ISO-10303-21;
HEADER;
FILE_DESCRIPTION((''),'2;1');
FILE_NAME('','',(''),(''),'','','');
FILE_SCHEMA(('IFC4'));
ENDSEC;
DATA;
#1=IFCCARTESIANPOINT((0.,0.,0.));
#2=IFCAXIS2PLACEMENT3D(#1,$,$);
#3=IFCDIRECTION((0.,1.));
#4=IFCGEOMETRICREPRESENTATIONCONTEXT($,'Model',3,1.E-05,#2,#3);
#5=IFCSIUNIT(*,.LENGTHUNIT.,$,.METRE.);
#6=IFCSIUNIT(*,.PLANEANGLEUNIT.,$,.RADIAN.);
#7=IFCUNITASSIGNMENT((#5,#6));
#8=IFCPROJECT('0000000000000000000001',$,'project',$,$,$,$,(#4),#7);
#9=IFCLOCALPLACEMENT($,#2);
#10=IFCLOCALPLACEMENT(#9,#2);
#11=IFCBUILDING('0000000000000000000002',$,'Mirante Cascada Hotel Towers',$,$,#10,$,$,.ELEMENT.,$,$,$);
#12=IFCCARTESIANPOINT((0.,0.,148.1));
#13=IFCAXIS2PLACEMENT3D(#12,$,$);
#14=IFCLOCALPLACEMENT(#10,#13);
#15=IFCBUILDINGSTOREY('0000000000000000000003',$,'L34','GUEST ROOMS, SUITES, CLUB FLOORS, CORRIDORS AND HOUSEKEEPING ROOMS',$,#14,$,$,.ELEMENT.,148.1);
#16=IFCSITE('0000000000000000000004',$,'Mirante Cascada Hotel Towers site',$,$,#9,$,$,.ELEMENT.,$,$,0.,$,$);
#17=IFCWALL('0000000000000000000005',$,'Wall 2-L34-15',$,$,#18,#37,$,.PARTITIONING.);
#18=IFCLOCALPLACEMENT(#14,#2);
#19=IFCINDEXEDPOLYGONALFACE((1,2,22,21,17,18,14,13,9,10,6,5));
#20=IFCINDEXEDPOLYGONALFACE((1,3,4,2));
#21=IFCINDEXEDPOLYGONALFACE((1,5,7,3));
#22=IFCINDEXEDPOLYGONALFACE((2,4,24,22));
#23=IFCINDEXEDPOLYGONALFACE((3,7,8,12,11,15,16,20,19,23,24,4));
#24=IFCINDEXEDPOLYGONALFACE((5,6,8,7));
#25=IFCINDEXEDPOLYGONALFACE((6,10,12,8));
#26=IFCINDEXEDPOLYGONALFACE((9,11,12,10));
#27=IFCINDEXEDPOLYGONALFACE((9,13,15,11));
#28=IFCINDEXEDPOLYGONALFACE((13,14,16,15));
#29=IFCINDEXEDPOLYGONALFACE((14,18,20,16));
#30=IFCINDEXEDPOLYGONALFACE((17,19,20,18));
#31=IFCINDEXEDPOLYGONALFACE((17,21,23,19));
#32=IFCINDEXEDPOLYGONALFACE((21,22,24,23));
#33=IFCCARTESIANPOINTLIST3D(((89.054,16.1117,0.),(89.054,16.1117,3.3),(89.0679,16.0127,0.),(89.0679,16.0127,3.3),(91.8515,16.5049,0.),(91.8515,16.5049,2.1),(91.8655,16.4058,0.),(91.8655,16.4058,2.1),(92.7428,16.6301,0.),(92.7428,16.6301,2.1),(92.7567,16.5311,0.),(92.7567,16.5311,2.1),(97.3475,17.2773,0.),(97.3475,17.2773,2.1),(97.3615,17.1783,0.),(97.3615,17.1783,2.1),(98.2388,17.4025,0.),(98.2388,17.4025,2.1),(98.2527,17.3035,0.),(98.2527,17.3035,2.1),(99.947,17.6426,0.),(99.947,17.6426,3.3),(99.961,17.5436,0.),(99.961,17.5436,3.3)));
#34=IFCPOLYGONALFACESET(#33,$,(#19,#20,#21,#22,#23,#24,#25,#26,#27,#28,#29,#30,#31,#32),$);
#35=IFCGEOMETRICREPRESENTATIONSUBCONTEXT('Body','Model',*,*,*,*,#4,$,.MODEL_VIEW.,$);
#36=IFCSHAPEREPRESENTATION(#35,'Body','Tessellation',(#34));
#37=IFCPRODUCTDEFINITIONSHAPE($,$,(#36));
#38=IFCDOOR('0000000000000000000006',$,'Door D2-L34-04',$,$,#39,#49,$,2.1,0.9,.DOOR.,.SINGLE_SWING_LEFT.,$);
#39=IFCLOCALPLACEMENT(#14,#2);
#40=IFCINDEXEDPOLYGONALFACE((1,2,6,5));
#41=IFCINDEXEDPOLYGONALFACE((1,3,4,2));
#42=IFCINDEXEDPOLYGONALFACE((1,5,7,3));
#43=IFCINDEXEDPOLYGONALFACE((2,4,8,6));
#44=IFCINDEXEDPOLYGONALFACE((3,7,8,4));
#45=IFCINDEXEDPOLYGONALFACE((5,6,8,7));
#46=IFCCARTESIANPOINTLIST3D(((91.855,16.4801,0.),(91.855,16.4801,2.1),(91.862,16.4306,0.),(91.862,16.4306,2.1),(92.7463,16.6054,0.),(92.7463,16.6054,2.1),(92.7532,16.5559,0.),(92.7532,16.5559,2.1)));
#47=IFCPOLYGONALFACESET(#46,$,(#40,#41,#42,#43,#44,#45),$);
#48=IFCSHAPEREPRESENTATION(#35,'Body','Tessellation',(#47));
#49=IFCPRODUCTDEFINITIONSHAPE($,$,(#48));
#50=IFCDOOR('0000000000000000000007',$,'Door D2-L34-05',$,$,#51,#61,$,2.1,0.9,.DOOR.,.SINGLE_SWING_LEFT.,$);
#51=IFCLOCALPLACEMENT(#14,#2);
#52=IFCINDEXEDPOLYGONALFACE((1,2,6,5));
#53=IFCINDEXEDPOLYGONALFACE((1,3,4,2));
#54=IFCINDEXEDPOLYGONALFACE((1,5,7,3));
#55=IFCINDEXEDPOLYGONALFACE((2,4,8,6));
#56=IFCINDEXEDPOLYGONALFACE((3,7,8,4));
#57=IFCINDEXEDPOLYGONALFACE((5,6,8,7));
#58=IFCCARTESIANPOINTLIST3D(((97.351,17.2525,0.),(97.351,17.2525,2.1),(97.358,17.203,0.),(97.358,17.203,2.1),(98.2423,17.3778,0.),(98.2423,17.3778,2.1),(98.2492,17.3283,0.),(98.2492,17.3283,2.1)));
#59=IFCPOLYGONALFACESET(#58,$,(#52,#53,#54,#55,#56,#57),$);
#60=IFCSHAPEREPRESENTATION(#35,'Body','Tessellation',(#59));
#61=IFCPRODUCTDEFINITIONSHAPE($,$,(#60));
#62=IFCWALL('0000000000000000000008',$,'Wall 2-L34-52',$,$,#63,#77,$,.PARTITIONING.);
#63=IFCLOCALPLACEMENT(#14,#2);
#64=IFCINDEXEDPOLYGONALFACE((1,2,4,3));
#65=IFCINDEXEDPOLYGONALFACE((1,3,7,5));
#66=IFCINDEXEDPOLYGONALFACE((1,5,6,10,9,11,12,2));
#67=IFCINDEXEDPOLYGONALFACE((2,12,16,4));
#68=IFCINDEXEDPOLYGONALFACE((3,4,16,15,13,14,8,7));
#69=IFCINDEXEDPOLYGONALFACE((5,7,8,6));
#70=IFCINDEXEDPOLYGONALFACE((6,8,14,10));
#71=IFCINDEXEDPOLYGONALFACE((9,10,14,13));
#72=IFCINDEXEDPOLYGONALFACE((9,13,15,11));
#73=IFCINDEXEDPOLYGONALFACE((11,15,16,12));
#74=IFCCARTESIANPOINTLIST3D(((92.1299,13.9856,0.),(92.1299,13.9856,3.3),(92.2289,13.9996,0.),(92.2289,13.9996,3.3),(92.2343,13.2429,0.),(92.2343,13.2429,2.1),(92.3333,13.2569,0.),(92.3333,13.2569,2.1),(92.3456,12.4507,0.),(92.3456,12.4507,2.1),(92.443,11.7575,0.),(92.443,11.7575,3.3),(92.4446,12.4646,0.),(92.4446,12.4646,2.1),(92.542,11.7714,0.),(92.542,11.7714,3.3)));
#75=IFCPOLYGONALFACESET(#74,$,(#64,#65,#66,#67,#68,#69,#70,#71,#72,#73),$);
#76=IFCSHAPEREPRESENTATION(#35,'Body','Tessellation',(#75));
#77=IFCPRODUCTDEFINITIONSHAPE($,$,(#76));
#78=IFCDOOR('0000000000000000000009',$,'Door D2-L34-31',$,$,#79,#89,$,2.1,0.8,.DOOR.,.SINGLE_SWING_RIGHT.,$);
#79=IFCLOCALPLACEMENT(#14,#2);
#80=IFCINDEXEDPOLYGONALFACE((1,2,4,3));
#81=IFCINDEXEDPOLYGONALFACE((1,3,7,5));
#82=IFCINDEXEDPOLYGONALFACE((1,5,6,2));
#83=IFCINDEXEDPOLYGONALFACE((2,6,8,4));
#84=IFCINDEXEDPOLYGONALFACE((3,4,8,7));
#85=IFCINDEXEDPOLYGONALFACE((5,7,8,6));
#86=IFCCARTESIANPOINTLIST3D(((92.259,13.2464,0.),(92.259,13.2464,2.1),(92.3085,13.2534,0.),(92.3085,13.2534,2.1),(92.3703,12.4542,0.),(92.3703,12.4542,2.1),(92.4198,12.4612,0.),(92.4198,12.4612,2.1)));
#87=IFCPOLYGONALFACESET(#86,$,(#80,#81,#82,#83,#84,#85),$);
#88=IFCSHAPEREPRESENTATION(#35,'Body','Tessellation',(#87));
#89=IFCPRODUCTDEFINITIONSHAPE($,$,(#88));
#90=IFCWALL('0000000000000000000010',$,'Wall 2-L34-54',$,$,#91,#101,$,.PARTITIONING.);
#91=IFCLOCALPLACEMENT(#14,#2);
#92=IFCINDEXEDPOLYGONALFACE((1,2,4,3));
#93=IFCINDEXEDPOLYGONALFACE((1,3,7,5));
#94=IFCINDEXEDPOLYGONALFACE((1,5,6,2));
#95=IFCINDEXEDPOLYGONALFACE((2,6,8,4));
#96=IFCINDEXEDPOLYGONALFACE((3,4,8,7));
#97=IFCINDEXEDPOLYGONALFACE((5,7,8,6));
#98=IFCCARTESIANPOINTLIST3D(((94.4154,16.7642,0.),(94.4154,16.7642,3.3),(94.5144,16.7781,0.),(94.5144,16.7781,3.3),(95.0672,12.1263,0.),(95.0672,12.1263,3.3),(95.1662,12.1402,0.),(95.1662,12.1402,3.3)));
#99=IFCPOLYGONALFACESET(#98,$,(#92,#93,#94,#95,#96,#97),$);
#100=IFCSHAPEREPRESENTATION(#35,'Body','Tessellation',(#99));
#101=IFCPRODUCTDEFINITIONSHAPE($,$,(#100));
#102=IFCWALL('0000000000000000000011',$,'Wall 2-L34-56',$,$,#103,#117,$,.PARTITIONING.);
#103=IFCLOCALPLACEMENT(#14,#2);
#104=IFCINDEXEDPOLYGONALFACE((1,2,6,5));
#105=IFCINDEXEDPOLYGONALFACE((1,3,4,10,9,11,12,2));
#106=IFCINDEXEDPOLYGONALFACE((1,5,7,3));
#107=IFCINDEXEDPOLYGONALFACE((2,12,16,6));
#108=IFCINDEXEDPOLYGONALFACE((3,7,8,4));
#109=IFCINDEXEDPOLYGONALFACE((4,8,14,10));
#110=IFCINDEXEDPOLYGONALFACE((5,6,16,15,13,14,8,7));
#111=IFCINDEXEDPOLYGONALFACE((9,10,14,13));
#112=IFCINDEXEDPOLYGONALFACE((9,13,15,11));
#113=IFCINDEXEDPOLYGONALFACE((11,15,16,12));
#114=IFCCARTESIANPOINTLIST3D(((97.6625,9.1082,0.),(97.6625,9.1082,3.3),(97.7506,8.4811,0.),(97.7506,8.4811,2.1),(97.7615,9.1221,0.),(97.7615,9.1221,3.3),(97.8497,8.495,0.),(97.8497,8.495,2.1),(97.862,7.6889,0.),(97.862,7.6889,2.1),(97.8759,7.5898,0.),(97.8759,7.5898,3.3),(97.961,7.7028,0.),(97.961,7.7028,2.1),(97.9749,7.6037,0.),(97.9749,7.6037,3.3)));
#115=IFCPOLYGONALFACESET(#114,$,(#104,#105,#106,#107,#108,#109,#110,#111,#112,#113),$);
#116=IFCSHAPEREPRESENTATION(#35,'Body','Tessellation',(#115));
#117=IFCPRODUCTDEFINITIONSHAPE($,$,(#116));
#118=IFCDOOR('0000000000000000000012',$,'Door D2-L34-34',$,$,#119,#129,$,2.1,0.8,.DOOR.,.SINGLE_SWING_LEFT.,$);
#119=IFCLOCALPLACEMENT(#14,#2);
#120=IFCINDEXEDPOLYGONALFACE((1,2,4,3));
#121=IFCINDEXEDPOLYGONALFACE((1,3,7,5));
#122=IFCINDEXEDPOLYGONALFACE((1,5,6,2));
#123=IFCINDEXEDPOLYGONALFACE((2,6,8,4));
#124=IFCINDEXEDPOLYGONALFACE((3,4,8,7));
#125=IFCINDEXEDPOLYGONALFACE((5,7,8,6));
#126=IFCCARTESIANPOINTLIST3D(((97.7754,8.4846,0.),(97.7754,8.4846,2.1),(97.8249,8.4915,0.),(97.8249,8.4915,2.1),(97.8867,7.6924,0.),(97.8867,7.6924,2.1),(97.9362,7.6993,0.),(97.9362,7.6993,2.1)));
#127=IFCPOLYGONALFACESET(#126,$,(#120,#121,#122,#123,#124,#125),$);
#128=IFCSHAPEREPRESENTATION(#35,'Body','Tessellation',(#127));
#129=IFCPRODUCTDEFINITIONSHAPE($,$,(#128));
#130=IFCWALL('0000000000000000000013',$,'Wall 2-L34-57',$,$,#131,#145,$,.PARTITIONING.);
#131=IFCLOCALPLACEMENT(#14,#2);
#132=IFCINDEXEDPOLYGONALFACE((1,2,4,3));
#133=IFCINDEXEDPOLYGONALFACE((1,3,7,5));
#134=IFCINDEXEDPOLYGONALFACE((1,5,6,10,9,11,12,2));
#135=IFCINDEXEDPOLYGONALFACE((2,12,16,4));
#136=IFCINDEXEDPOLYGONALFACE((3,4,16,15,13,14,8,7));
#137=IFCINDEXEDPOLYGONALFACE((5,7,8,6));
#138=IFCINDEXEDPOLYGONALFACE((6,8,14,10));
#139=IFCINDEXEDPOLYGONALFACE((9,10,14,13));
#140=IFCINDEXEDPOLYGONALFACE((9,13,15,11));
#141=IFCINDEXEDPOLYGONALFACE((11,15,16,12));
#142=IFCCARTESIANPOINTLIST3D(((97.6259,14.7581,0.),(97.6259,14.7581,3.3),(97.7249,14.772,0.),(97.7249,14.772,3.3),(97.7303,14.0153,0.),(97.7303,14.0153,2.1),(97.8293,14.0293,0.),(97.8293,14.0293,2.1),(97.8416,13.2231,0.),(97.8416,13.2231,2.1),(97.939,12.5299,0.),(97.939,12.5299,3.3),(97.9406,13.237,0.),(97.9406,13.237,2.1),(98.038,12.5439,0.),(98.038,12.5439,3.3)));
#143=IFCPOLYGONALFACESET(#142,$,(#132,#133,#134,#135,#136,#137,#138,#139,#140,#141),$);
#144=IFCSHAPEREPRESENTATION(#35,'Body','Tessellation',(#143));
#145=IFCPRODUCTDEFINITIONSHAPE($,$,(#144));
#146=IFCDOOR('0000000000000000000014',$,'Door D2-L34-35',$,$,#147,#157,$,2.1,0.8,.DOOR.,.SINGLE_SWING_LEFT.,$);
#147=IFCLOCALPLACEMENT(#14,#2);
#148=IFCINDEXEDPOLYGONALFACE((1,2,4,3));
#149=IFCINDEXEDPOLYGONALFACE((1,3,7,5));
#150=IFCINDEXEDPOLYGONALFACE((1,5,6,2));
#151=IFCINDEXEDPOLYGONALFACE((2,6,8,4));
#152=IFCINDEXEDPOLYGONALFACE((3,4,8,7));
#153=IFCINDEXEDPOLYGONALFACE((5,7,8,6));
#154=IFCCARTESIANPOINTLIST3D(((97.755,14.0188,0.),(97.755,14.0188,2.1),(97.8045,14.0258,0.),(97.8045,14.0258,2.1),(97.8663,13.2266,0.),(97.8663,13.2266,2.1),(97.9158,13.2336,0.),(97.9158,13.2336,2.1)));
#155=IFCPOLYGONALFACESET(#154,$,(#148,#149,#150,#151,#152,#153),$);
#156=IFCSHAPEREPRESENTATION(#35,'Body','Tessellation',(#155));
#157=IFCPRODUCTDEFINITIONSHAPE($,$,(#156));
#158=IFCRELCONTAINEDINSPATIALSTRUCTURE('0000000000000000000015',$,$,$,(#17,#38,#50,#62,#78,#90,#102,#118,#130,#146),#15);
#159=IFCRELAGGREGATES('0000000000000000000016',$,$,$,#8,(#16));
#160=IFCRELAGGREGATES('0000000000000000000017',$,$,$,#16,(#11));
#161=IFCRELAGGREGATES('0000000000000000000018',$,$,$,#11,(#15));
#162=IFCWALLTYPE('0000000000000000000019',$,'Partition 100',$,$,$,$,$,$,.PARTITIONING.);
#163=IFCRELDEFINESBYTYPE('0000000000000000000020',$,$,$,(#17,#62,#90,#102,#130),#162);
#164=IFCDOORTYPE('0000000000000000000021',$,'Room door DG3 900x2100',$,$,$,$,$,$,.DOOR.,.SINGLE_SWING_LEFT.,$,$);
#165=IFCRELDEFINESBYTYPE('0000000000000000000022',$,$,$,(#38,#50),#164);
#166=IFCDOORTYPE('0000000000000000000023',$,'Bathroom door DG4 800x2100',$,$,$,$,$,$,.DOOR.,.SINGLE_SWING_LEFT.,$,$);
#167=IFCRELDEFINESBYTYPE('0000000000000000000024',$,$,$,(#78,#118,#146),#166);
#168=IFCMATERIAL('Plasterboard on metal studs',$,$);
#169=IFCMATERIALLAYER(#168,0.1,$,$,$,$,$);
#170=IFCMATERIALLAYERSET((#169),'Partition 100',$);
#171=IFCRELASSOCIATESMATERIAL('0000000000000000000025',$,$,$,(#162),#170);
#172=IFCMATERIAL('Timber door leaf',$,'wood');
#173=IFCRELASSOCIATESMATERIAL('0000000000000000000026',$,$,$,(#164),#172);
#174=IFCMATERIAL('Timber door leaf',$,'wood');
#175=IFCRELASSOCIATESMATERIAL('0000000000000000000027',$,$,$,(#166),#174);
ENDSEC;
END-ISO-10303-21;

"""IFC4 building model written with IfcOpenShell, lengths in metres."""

from ifc_helpers import new_model, si_unit, direction, frame, frame_2d, origin, place, context, subcontext, project, spatial, rectangle, extrude, material, layer, layer_set, type_object, element, fill, save


model = new_model("IFC4")

# Units and contexts
model_context = context("Model", 3, precision=1e-05, world=origin(), true_north=direction((0.0, 1.0)))
body_context = subcontext(model_context, "Body", "Model", "MODEL_VIEW")
ifc_project = project(units=[si_unit("LENGTHUNIT", "METRE"), si_unit("PLANEANGLEUNIT", "RADIAN")], contexts=[model_context])

# Site, building, storey
site_placement = place(None, origin())
site = spatial("IfcSite", under=ifc_project, at=site_placement, Name="Mirante Cascada Hotel Towers site", CompositionType="ELEMENT", RefElevation=0.0)
building_placement = place(site_placement, origin())
building = spatial("IfcBuilding", under=site, at=building_placement, Name="Mirante Cascada Hotel Towers", CompositionType="ELEMENT")
storey_placement = place(building_placement, frame((0.0, 0.0, 148.1)))
storey = spatial("IfcBuildingStorey", under=building, at=storey_placement, Name="L34", Description="GUEST ROOMS, SUITES, CLUB FLOORS, CORRIDORS AND HOUSEKEEPING ROOMS", CompositionType="ELEMENT", Elevation=148.1)

# Shared definitions
ifc_material_1 = material(Name="Plasterboard on metal studs")
ifc_layer_1 = layer(ifc_material_1, 0.1)
ifc_layer_set_1 = layer_set([ifc_layer_1], Name="Partition 100")
wall_type_1 = type_object("IfcWallType", Name="Partition 100", PredefinedType="PARTITIONING", material=ifc_layer_set_1)

# Wall, openings, doors
wall_1_placement = place(storey_placement, frame((89.061, 16.0622, 0.0), z_axis=(0.0, 0.0, 1.0), x_axis=(0.990268, 0.139172, 0.0)))
wall_1 = element("IfcWall", 1, at=wall_1_placement, inside=storey, type_object=wall_type_1, Name="Wall 2-L34-15", PredefinedType="PARTITIONING", context=body_context, shape_type="SweptSolid", body=[
    extrude(rectangle(XDim=11.0001, YDim=0.1, at=frame_2d((5.5, 0.0))), origin(), (0.0, 0.0, 1.0), 3.3),
])
opening_1_placement = place(wall_1_placement, frame((2.825, 0.0, 0.0)))
opening_1 = element("IfcOpeningElement", 2, at=opening_1_placement, cuts=wall_1, PredefinedType="OPENING", context=body_context, shape_type="SweptSolid", body=[
    extrude(rectangle(XDim=0.9, YDim=2.1, at=frame_2d((0.45, 1.05))), frame((0.0, 0.05, 0.0), z_axis=(0.0, -1.0, 0.0), x_axis=(1.0, 0.0, 0.0)), (0.0, 0.0, 1.0), 0.1),
])
opening_2_placement = place(wall_1_placement, frame((8.375, 0.0, 0.0)))
opening_2 = element("IfcOpeningElement", 3, at=opening_2_placement, cuts=wall_1, PredefinedType="OPENING", context=body_context, shape_type="SweptSolid", body=[
    extrude(rectangle(XDim=0.9, YDim=2.1, at=frame_2d((0.45, 1.05))), frame((0.0, 0.05, 0.0), z_axis=(0.0, -1.0, 0.0), x_axis=(1.0, 0.0, 0.0)), (0.0, 0.0, 1.0), 0.1),
])
ifc_material_2 = material(Name="Timber door leaf", Category="wood")
door_type_1 = type_object("IfcDoorType", Name="Room door DG3 900x2100", OperationType="SINGLE_SWING_LEFT", PredefinedType="DOOR", material=ifc_material_2)
door_1_placement = place(opening_1_placement, origin())
door_1 = element("IfcDoor", 4, at=door_1_placement, inside=storey, type_object=door_type_1, Name="Door D2-L34-04", OperationType="SINGLE_SWING_LEFT", OverallHeight=2.1, OverallWidth=0.9, PredefinedType="DOOR", context=body_context, shape_type="SweptSolid", body=[
    extrude(rectangle(XDim=0.9, YDim=2.1, at=frame_2d((0.45, 1.05))), frame((0.0, 0.025, 0.0), z_axis=(0.0, -1.0, 0.0), x_axis=(1.0, 0.0, 0.0)), (0.0, 0.0, 1.0), 0.05),
])
fill(opening_1, door_1)
door_2_placement = place(opening_2_placement, origin())
door_2 = element("IfcDoor", 5, at=door_2_placement, inside=storey, type_object=door_type_1, Name="Door D2-L34-05", OperationType="SINGLE_SWING_LEFT", OverallHeight=2.1, OverallWidth=0.9, PredefinedType="DOOR", context=body_context, shape_type="SweptSolid", body=[
    extrude(rectangle(XDim=0.9, YDim=2.1, at=frame_2d((0.45, 1.05))), frame((0.0, 0.025, 0.0), z_axis=(0.0, -1.0, 0.0), x_axis=(1.0, 0.0, 0.0)), (0.0, 0.0, 1.0), 0.05),
])
fill(opening_2, door_2)

# Wall, opening, door
wall_2_placement = place(storey_placement, frame((92.1794, 13.9926, 0.0), z_axis=(0.0, 0.0, 1.0), x_axis=(0.139156, -0.990271, 0.0)))
wall_2 = element("IfcWall", 6, at=wall_2_placement, inside=storey, type_object=wall_type_1, Name="Wall 2-L34-52", PredefinedType="PARTITIONING", context=body_context, shape_type="SweptSolid", body=[
    extrude(rectangle(XDim=2.25, YDim=0.1, at=frame_2d((1.125, 0.0))), origin(), (0.0, 0.0, 1.0), 3.3),
])
opening_3_placement = place(wall_2_placement, frame((0.75, 0.0, 0.0)))
opening_3 = element("IfcOpeningElement", 7, at=opening_3_placement, cuts=wall_2, PredefinedType="OPENING", context=body_context, shape_type="SweptSolid", body=[
    extrude(rectangle(XDim=0.8, YDim=2.1, at=frame_2d((0.4, 1.05))), frame((0.0, 0.05, 0.0), z_axis=(0.0, -1.0, 0.0), x_axis=(1.0, 0.0, 0.0)), (0.0, 0.0, 1.0), 0.1),
])
ifc_material_3 = material(Name="Timber door leaf", Category="wood")
door_type_2 = type_object("IfcDoorType", Name="Bathroom door DG4 800x2100", OperationType="SINGLE_SWING_LEFT", PredefinedType="DOOR", material=ifc_material_3)
door_3_placement = place(opening_3_placement, frame((0.8, 0.0, 0.0), z_axis=(0.0, 0.0, 1.0), x_axis=(-1.0, 0.0, 0.0)))
door_3 = element("IfcDoor", 8, at=door_3_placement, inside=storey, type_object=door_type_2, Name="Door D2-L34-31", OperationType="SINGLE_SWING_RIGHT", OverallHeight=2.1, OverallWidth=0.8, PredefinedType="DOOR", context=body_context, shape_type="SweptSolid", body=[
    extrude(rectangle(XDim=0.8, YDim=2.1, at=frame_2d((0.4, 1.05))), frame((0.0, 0.025, 0.0), z_axis=(0.0, -1.0, 0.0), x_axis=(1.0, 0.0, 0.0)), (0.0, 0.0, 1.0), 0.05),
])
fill(opening_3, door_3)

# Wall
wall_3_placement = place(storey_placement, frame((94.4649, 16.7712, 0.0), z_axis=(0.0, 0.0, 1.0), x_axis=(0.13917, -0.990268, 0.0)))
element("IfcWall", 9, at=wall_3_placement, inside=storey, type_object=wall_type_1, Name="Wall 2-L34-54", PredefinedType="PARTITIONING", context=body_context, shape_type="SweptSolid", body=[
    extrude(rectangle(XDim=4.6835, YDim=0.1, at=frame_2d((2.3418, 0.0))), origin(), (0.0, 0.0, 1.0), 3.3),
])

# Walls, openings, doors
wall_4_placement = place(storey_placement, frame((97.712, 9.1152, 0.0), z_axis=(0.0, 0.0, 1.0), x_axis=(0.139175, -0.990268, 0.0)))
wall_4 = element("IfcWall", 10, at=wall_4_placement, inside=storey, type_object=wall_type_1, Name="Wall 2-L34-56", PredefinedType="PARTITIONING", context=body_context, shape_type="SweptSolid", body=[
    extrude(rectangle(XDim=1.5333, YDim=0.1, at=frame_2d((0.7667, 0.0))), origin(), (0.0, 0.0, 1.0), 3.3),
])
opening_4_placement = place(wall_4_placement, frame((0.6333, 0.0, 0.0)))
opening_4 = element("IfcOpeningElement", 11, at=opening_4_placement, cuts=wall_4, PredefinedType="OPENING", context=body_context, shape_type="SweptSolid", body=[
    extrude(rectangle(XDim=0.8, YDim=2.1, at=frame_2d((0.4, 1.05))), frame((0.0, 0.05, 0.0), z_axis=(0.0, -1.0, 0.0), x_axis=(1.0, 0.0, 0.0)), (0.0, 0.0, 1.0), 0.1),
])
door_4_placement = place(opening_4_placement, origin())
door_4 = element("IfcDoor", 12, at=door_4_placement, inside=storey, type_object=door_type_2, Name="Door D2-L34-34", OperationType="SINGLE_SWING_LEFT", OverallHeight=2.1, OverallWidth=0.8, PredefinedType="DOOR", context=body_context, shape_type="SweptSolid", body=[
    extrude(rectangle(XDim=0.8, YDim=2.1, at=frame_2d((0.4, 1.05))), frame((0.0, 0.025, 0.0), z_axis=(0.0, -1.0, 0.0), x_axis=(1.0, 0.0, 0.0)), (0.0, 0.0, 1.0), 0.05),
])
fill(opening_4, door_4)
wall_5_placement = place(storey_placement, frame((97.9885, 12.5369, 0.0), z_axis=(0.0, 0.0, 1.0), x_axis=(-0.139156, 0.990271, 0.0)))
wall_5 = element("IfcWall", 13, at=wall_5_placement, inside=storey, type_object=wall_type_1, Name="Wall 2-L34-57", PredefinedType="PARTITIONING", context=body_context, shape_type="SweptSolid", body=[
    extrude(rectangle(XDim=2.25, YDim=0.1, at=frame_2d((1.125, 0.0))), origin(), (0.0, 0.0, 1.0), 3.3),
])
opening_5_placement = place(wall_5_placement, frame((0.7, 0.0, 0.0)))
opening_5 = element("IfcOpeningElement", 14, at=opening_5_placement, cuts=wall_5, PredefinedType="OPENING", context=body_context, shape_type="SweptSolid", body=[
    extrude(rectangle(XDim=0.8, YDim=2.1, at=frame_2d((0.4, 1.05))), frame((0.0, 0.05, 0.0), z_axis=(0.0, -1.0, 0.0), x_axis=(1.0, 0.0, 0.0)), (0.0, 0.0, 1.0), 0.1),
])
door_5_placement = place(opening_5_placement, origin())
door_5 = element("IfcDoor", 15, at=door_5_placement, inside=storey, type_object=door_type_2, Name="Door D2-L34-35", OperationType="SINGLE_SWING_LEFT", OverallHeight=2.1, OverallWidth=0.8, PredefinedType="DOOR", context=body_context, shape_type="SweptSolid", body=[
    extrude(rectangle(XDim=0.8, YDim=2.1, at=frame_2d((0.4, 1.05))), frame((0.0, 0.025, 0.0), z_axis=(0.0, -1.0, 0.0), x_axis=(1.0, 0.0, 0.0)), (0.0, 0.0, 1.0), 0.05),
])
fill(opening_5, door_5)

save(model, "model.ifc")
